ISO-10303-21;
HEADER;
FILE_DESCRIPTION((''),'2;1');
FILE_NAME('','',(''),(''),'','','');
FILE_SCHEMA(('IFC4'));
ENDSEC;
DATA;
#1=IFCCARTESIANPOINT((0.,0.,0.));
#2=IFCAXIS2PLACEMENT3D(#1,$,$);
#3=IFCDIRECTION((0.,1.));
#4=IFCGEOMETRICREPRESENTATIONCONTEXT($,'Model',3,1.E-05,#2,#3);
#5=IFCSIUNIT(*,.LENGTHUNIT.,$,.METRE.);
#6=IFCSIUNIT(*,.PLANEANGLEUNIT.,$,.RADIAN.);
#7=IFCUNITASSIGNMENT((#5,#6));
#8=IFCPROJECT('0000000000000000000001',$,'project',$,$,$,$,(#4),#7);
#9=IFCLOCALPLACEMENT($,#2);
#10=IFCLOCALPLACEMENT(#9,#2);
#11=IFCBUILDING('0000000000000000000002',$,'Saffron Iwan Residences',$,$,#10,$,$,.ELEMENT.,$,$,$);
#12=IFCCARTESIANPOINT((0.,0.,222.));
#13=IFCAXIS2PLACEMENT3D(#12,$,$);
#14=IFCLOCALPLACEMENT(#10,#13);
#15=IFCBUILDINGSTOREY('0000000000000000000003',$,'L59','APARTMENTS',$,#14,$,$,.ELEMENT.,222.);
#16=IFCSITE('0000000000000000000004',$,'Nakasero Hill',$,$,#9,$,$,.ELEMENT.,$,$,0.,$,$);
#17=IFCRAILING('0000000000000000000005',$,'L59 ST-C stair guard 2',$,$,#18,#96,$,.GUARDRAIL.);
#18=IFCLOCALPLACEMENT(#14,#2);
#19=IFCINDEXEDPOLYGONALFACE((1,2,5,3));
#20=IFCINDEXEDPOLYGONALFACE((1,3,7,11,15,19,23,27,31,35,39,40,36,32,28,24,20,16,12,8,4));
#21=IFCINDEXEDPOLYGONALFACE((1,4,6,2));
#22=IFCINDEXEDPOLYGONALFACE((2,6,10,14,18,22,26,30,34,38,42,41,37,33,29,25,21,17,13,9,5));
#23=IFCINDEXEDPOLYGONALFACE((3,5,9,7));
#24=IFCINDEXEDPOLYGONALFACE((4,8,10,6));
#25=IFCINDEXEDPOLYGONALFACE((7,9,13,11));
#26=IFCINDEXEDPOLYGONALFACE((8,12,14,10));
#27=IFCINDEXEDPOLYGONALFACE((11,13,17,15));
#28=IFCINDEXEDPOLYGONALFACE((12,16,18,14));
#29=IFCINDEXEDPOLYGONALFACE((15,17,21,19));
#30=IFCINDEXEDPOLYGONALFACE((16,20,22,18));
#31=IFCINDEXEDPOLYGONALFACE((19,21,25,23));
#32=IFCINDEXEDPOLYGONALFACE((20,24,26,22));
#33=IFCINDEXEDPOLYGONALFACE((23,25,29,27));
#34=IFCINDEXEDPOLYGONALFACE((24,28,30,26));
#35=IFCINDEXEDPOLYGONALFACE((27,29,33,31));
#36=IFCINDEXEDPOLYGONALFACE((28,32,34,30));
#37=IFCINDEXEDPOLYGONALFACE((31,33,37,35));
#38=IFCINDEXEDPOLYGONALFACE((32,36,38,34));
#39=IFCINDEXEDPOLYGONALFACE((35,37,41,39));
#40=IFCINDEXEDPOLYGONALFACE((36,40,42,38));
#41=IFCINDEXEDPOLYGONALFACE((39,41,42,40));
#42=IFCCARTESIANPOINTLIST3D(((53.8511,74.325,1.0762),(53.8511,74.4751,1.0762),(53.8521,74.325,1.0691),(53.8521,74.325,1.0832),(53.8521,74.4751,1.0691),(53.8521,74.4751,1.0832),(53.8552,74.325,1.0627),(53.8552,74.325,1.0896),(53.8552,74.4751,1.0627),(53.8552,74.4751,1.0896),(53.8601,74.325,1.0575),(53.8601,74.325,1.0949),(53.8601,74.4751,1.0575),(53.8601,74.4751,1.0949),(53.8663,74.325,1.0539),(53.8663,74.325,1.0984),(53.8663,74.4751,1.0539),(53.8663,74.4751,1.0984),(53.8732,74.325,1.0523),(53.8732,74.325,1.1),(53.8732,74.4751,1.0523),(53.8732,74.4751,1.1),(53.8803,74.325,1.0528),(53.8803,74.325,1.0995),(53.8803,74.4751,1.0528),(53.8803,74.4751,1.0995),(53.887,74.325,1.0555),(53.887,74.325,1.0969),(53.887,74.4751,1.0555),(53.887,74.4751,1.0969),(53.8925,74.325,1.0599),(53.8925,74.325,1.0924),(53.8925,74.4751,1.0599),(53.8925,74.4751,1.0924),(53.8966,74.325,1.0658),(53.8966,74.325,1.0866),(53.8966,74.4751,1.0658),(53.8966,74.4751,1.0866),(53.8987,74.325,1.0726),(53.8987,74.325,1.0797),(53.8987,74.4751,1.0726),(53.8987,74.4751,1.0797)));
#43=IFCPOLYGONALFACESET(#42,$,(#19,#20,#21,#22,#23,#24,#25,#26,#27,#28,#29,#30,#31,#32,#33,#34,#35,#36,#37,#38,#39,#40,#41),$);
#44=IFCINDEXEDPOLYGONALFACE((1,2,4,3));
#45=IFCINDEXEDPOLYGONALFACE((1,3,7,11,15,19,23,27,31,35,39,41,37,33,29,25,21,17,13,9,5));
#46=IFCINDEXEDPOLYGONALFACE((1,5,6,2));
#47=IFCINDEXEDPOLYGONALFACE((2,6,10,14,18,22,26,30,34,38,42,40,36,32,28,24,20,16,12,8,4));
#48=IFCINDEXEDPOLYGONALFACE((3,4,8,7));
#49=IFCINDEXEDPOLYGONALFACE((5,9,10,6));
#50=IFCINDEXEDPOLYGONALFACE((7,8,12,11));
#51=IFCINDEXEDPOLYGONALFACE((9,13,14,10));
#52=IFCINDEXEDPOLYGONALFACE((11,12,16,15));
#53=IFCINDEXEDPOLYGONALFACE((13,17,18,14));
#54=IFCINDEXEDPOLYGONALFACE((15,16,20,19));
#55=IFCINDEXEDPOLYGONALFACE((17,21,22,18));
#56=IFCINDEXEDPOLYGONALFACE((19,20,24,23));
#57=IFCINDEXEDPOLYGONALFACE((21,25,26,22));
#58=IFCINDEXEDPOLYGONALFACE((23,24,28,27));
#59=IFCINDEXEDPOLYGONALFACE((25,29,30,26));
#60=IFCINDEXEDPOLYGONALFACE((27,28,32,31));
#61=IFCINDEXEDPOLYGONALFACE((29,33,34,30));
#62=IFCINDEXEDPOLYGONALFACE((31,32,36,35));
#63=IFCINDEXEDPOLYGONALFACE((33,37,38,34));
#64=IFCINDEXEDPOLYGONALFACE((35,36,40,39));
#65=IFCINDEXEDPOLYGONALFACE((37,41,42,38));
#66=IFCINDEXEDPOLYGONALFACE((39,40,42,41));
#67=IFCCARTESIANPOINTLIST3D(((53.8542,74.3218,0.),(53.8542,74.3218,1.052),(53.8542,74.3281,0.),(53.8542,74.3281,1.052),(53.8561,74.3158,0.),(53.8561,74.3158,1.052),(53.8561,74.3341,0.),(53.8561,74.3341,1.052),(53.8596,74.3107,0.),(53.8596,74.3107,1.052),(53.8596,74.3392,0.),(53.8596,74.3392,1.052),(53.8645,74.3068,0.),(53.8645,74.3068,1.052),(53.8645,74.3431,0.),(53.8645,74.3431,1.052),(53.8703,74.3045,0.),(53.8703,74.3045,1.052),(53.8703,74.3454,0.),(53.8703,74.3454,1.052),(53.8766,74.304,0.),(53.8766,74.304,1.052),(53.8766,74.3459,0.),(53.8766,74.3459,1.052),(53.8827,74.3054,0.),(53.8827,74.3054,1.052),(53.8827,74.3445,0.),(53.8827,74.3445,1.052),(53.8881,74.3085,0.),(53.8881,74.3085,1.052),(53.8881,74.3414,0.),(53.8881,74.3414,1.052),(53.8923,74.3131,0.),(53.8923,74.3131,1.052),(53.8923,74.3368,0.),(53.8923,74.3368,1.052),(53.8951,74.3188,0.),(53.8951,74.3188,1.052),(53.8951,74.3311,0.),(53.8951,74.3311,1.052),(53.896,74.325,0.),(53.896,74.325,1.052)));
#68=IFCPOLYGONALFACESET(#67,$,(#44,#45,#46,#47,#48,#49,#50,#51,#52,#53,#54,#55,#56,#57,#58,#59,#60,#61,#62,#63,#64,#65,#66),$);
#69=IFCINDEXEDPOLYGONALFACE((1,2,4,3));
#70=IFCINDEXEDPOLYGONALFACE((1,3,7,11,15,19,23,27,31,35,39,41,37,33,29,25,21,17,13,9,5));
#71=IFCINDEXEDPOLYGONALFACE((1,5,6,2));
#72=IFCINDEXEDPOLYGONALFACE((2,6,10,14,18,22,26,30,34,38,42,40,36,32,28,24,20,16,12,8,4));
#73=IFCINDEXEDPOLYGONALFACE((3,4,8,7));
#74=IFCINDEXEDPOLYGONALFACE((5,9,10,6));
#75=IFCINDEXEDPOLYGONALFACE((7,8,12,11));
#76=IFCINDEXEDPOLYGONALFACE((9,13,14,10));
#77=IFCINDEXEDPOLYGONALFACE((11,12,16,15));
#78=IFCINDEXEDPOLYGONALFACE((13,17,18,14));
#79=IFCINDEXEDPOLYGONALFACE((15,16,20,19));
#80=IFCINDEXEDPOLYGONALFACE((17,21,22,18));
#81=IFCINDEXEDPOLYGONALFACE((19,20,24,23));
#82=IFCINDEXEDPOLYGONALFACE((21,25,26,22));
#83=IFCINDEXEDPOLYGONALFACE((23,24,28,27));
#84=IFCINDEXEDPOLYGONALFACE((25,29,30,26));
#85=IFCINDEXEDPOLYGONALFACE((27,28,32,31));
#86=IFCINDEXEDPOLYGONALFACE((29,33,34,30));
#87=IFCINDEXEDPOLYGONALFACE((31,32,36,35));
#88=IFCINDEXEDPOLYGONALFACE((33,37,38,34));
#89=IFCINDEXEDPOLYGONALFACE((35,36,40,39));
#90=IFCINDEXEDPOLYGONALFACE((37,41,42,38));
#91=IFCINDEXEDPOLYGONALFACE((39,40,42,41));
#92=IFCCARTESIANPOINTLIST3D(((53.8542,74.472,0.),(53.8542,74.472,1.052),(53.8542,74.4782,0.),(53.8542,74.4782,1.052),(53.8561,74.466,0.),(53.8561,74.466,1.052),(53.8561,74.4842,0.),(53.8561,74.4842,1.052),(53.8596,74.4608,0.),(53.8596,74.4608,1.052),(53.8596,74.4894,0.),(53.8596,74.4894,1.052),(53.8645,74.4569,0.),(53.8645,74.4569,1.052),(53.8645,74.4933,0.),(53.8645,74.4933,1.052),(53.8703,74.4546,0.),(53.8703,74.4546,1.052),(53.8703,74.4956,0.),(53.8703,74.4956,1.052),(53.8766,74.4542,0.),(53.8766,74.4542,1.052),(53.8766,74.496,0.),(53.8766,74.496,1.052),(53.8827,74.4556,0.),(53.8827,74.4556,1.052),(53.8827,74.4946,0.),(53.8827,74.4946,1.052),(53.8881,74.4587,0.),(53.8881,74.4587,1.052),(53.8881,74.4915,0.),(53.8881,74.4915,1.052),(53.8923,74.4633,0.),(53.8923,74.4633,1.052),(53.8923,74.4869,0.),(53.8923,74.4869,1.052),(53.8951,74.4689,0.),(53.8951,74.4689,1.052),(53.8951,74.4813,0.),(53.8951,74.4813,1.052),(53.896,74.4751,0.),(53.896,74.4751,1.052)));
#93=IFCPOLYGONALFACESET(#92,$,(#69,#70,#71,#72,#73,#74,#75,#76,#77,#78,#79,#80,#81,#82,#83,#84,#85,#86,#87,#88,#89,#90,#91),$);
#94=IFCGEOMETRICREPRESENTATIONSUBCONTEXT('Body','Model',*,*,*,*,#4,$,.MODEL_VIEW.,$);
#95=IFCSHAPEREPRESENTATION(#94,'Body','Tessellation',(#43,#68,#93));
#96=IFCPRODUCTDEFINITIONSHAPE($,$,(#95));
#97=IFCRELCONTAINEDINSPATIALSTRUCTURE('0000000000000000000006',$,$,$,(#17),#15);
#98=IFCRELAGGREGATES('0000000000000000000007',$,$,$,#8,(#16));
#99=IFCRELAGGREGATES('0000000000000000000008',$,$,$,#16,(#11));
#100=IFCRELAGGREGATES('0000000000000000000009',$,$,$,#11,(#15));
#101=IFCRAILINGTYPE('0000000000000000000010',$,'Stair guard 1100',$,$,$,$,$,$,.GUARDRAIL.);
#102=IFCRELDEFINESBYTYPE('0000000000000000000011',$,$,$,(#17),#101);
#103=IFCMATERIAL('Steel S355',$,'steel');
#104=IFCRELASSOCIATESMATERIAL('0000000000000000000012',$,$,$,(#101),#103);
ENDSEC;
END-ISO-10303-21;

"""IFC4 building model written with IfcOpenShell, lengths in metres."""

from ifc_helpers import new_model, si_unit, direction, frame, origin, origin_2d, place, context, subcontext, project, spatial, circle, extrude, material, type_object, element, save


model = new_model("IFC4")

# Units and contexts
model_context = context("Model", 3, precision=1e-05, world=origin(), true_north=direction((0.0, 1.0)))
body_context = subcontext(model_context, "Body", "Model", "MODEL_VIEW")
ifc_project = project(units=[si_unit("LENGTHUNIT", "METRE"), si_unit("PLANEANGLEUNIT", "RADIAN")], contexts=[model_context])

# Site, building, storey
site_placement = place(None, origin())
site = spatial("IfcSite", under=ifc_project, at=site_placement, Name="Nakasero Hill", CompositionType="ELEMENT", RefElevation=0.0)
building_placement = place(site_placement, origin())
building = spatial("IfcBuilding", under=site, at=building_placement, Name="Saffron Iwan Residences", CompositionType="ELEMENT")
storey_placement = place(building_placement, frame((0.0, 0.0, 222.0)))
storey = spatial("IfcBuildingStorey", under=building, at=storey_placement, Name="L59", Description="APARTMENTS", CompositionType="ELEMENT", Elevation=222.0)

# Railing
ifc_material_1 = material(Name="Steel S355", Category="steel")
railing_type_1 = type_object("IfcRailingType", Name="Stair guard 1100", PredefinedType="GUARDRAIL", material=ifc_material_1)
railing_1_placement = place(storey_placement, frame((53.875, 74.325, 0.0)))
element("IfcRailing", 1, at=railing_1_placement, inside=storey, type_object=railing_type_1, Name="L59 ST-C stair guard 2", PredefinedType="GUARDRAIL", context=body_context, shape_type="SweptSolid", body=[
    extrude(circle(Radius=0.0239, at=origin_2d()), frame((0.0, 0.0, 1.0762), z_axis=(0.0, 1.0, 0.0), x_axis=(-1.0, 0.0, 0.0)), (0.0, 0.0, 1.0), 0.1501),
    extrude(circle(Radius=0.021, at=origin_2d()), origin(), (0.0, 0.0, 1.0), 1.052),
    extrude(circle(Radius=0.021, at=origin_2d()), frame((0.0, 0.1501, 0.0)), (0.0, 0.0, 1.0), 1.052),
])

save(model, "model.ifc")
